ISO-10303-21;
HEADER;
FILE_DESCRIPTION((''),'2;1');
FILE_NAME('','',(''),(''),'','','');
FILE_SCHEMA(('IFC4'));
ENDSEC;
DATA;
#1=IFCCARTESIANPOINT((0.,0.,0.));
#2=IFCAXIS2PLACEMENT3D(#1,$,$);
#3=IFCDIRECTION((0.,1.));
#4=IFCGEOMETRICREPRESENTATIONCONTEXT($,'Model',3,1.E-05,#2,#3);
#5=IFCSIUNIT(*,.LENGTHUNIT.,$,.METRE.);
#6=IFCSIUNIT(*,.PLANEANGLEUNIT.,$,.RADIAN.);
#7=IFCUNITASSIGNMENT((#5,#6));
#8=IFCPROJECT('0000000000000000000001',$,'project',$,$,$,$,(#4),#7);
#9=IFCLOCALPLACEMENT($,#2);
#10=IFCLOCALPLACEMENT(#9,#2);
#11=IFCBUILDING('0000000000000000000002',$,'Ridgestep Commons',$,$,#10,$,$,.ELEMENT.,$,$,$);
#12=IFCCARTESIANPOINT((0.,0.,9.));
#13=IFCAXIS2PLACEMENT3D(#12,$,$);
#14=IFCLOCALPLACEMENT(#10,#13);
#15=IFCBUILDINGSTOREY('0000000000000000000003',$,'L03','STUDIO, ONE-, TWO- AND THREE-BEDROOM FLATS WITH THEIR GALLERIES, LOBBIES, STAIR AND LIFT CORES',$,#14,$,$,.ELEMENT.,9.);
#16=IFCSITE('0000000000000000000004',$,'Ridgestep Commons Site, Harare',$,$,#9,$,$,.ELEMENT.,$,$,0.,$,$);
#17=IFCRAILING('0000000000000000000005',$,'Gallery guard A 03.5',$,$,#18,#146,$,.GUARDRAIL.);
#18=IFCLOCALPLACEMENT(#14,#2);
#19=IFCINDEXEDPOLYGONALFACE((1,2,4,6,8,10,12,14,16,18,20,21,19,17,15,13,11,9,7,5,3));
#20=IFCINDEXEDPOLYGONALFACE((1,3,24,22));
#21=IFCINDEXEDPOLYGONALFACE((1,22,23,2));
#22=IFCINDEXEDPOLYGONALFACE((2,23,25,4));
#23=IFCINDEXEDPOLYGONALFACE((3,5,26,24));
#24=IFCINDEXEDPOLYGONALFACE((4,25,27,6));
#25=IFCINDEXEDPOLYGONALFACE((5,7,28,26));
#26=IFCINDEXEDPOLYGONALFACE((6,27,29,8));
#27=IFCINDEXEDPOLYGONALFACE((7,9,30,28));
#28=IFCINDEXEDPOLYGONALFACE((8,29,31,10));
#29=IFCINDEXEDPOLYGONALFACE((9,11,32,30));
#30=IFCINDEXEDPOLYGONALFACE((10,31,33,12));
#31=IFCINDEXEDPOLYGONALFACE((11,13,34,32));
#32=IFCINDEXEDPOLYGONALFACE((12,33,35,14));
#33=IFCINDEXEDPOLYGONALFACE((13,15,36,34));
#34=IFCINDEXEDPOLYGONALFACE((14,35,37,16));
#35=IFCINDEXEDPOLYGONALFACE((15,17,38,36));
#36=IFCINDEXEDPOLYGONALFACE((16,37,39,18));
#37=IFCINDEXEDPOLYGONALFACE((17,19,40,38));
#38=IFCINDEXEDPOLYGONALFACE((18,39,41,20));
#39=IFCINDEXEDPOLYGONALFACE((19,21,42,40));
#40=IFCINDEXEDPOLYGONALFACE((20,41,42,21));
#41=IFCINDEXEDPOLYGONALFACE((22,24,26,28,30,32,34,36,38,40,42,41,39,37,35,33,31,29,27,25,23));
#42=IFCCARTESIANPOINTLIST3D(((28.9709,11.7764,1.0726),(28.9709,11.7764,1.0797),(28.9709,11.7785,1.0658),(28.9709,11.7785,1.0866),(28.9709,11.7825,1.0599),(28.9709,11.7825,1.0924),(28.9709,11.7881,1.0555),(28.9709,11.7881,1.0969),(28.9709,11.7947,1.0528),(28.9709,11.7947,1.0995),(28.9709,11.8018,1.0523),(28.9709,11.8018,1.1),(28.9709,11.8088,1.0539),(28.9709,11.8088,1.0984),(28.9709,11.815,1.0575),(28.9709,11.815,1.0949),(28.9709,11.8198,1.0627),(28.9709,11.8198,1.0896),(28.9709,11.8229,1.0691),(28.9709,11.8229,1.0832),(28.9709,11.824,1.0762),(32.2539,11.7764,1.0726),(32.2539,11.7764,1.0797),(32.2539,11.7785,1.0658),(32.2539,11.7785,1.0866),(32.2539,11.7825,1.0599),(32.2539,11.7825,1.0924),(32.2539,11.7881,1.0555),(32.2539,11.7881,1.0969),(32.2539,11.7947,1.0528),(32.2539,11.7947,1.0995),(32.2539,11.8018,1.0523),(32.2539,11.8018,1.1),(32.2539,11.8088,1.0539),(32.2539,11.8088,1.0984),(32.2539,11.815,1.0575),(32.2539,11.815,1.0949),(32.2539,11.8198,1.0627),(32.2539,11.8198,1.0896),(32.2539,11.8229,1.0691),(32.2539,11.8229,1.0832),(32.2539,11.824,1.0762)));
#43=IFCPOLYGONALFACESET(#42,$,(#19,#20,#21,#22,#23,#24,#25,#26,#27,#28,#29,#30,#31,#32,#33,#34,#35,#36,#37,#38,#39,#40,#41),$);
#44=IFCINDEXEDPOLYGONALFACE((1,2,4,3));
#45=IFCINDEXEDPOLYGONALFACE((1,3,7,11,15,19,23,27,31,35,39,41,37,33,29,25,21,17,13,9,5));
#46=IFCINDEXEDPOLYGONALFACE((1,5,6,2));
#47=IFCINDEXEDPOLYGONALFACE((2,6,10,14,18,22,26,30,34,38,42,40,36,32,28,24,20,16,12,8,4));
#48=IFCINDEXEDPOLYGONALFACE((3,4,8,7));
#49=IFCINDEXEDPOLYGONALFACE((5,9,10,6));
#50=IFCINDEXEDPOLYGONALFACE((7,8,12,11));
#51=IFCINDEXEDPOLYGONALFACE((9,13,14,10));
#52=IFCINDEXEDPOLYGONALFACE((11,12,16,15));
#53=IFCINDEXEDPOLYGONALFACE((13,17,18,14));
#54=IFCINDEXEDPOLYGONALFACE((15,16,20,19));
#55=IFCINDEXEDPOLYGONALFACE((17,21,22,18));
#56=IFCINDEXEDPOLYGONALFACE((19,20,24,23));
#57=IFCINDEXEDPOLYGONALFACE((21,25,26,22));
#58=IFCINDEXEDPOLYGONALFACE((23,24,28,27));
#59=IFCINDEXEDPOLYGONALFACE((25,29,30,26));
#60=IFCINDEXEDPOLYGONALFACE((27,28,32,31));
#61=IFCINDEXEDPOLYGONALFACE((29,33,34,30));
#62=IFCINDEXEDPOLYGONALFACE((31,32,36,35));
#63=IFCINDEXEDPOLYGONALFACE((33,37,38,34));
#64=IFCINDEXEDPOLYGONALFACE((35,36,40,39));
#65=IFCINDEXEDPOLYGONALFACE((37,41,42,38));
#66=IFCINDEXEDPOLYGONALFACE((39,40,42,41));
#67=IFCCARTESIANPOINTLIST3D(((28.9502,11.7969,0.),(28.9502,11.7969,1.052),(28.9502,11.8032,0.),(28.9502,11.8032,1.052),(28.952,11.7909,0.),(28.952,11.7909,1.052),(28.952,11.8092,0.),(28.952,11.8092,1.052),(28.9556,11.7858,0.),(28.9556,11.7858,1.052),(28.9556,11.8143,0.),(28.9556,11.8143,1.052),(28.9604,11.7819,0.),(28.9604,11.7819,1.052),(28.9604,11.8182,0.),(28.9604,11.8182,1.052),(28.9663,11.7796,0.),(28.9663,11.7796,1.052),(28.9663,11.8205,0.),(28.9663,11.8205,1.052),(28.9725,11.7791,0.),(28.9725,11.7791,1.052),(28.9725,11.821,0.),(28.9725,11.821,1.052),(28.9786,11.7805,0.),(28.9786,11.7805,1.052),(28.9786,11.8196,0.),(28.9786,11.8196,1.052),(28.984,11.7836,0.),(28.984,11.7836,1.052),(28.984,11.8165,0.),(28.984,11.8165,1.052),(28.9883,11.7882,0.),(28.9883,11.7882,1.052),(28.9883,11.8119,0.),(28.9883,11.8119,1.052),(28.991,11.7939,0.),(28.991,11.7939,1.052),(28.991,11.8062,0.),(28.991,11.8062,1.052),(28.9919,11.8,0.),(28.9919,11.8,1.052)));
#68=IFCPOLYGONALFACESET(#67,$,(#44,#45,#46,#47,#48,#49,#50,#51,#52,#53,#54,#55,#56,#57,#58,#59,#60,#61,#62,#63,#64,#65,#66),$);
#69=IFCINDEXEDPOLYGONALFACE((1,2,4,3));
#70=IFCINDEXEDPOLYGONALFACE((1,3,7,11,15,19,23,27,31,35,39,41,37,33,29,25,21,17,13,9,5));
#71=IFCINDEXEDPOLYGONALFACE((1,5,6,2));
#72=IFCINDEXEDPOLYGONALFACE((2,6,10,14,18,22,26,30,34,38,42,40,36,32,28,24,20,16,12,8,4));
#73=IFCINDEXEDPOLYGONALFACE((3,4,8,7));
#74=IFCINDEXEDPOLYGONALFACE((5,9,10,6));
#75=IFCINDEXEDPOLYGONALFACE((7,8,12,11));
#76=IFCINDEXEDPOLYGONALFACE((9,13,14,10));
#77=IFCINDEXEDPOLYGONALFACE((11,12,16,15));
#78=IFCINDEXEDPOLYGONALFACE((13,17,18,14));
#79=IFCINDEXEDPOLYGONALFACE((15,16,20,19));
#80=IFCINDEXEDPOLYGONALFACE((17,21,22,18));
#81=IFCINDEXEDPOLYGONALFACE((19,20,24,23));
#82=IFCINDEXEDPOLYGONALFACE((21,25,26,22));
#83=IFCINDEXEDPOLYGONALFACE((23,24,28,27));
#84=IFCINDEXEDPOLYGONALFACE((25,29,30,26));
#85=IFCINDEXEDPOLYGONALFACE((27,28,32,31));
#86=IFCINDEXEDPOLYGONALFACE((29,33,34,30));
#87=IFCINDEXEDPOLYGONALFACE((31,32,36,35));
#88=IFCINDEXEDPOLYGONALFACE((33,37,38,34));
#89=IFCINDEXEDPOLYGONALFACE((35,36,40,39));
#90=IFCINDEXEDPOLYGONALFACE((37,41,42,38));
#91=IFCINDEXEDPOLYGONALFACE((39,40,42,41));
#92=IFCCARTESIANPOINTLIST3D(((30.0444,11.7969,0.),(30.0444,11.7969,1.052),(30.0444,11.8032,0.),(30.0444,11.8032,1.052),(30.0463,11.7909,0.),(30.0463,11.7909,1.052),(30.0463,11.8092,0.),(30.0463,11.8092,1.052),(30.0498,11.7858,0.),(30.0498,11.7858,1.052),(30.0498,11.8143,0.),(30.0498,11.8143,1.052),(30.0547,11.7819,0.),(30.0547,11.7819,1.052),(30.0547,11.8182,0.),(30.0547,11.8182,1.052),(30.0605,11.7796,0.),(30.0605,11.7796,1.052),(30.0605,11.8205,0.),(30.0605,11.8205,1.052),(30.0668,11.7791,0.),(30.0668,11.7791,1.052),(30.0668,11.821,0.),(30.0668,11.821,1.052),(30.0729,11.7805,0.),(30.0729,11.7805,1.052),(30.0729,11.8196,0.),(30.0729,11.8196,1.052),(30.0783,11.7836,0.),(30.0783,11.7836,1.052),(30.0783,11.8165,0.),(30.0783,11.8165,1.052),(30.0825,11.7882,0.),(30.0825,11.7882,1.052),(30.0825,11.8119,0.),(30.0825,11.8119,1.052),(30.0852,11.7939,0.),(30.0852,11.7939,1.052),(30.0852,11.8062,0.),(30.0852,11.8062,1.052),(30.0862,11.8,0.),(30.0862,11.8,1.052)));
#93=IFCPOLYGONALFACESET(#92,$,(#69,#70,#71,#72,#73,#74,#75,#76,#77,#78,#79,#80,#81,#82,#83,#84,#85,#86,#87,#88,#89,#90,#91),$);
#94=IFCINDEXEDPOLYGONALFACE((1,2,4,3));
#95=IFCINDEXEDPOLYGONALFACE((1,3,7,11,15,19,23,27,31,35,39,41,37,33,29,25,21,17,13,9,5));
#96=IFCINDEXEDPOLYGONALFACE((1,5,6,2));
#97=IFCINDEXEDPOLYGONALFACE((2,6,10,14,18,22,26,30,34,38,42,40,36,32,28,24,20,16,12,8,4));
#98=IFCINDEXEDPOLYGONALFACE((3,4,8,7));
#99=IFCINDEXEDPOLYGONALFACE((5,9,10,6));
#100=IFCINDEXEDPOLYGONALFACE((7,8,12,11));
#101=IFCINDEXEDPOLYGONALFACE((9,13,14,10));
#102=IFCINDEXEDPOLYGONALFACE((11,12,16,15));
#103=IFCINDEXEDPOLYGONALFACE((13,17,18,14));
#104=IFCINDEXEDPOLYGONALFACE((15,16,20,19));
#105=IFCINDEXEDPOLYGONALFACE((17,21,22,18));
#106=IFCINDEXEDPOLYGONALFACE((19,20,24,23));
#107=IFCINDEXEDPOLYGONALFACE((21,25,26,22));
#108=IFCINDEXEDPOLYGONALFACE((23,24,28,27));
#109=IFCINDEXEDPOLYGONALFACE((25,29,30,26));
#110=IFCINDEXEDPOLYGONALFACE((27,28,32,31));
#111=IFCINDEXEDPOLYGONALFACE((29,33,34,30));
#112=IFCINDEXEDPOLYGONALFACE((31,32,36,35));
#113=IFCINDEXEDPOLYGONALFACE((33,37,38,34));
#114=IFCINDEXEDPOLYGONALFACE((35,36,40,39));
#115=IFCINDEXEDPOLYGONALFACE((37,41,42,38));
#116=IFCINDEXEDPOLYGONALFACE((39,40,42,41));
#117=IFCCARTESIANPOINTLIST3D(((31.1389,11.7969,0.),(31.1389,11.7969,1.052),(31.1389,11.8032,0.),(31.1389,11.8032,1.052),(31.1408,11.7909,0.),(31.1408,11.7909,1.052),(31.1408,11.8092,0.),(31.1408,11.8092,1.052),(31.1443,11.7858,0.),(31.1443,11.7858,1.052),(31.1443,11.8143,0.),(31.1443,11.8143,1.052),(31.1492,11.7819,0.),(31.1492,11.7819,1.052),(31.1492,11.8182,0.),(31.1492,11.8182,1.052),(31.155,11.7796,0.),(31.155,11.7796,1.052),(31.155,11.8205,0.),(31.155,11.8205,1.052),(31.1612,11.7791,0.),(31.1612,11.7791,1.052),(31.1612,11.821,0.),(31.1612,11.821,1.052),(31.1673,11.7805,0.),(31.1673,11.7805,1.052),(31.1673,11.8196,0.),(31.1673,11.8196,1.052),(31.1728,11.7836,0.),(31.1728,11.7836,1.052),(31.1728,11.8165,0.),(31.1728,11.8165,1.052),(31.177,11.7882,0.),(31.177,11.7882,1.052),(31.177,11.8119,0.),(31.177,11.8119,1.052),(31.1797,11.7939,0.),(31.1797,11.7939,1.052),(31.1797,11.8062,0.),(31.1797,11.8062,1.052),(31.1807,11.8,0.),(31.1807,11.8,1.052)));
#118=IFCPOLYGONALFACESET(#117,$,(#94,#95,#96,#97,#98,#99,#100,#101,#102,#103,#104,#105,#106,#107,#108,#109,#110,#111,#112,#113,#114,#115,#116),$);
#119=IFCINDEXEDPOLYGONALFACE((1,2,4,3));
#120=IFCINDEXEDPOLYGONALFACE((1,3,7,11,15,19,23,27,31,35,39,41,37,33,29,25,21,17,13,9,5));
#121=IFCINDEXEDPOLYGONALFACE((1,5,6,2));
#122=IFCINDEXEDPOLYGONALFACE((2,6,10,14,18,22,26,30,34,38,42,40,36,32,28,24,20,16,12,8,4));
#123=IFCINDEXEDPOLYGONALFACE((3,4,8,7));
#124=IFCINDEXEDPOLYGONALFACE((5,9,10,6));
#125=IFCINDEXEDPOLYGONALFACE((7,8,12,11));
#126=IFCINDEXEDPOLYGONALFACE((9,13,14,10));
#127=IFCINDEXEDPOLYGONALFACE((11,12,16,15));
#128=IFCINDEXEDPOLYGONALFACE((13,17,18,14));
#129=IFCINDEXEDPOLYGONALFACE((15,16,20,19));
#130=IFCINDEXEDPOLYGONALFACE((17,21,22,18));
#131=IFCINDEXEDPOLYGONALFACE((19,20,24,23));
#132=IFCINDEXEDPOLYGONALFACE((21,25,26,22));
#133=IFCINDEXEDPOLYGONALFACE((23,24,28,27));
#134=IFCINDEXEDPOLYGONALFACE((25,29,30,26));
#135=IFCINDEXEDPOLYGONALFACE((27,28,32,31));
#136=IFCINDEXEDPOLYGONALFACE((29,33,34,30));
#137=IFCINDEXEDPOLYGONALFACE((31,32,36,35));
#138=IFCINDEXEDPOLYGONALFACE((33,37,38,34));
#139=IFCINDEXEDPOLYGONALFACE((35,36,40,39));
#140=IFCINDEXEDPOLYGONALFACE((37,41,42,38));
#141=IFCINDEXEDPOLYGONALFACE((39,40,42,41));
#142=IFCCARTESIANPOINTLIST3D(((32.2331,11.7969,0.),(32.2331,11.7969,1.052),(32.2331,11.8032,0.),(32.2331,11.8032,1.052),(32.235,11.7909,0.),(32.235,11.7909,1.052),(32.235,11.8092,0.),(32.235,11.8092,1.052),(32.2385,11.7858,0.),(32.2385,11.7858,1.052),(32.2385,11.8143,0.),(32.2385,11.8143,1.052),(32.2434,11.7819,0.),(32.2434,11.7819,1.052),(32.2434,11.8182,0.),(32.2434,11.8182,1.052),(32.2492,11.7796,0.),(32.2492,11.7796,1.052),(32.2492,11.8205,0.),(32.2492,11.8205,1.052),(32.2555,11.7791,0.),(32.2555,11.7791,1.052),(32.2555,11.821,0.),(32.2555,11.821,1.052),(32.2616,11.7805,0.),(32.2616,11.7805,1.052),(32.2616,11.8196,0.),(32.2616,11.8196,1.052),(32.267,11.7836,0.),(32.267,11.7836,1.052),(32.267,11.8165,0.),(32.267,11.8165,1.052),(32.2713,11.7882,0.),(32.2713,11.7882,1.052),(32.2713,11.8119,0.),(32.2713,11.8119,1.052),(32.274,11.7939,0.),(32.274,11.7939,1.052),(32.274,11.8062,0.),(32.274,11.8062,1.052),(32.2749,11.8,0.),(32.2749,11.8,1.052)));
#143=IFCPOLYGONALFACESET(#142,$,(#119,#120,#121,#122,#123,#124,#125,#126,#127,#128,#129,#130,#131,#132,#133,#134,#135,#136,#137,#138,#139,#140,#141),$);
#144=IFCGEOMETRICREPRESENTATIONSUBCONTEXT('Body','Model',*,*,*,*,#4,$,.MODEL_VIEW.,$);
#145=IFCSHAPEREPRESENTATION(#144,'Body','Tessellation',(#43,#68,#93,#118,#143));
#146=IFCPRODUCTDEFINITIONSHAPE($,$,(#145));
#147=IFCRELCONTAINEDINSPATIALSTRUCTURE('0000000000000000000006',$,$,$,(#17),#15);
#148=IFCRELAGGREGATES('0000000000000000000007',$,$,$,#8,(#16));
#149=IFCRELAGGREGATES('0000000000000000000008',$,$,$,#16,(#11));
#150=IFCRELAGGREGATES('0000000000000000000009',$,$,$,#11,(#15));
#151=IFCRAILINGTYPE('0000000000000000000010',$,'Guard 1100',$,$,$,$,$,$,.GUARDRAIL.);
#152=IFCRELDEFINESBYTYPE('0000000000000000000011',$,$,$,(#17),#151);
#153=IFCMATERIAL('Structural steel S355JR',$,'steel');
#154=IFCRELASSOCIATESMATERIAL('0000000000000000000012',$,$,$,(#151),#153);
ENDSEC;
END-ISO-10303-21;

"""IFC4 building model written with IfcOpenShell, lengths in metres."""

from ifc_helpers import new_model, si_unit, direction, frame, origin, origin_2d, place, context, subcontext, project, spatial, circle, extrude, material, type_object, element, save


model = new_model("IFC4")

# Units and contexts
model_context = context("Model", 3, precision=1e-05, world=origin(), true_north=direction((0.0, 1.0)))
body_context = subcontext(model_context, "Body", "Model", "MODEL_VIEW")
ifc_project = project(units=[si_unit("LENGTHUNIT", "METRE"), si_unit("PLANEANGLEUNIT", "RADIAN")], contexts=[model_context])

# Site, building, storey
site_placement = place(None, origin())
site = spatial("IfcSite", under=ifc_project, at=site_placement, Name="Ridgestep Commons Site, Harare", CompositionType="ELEMENT", RefElevation=0.0)
building_placement = place(site_placement, origin())
building = spatial("IfcBuilding", under=site, at=building_placement, Name="Ridgestep Commons", CompositionType="ELEMENT")
storey_placement = place(building_placement, frame((0.0, 0.0, 9.0)))
storey = spatial("IfcBuildingStorey", under=building, at=storey_placement, Name="L03", Description="STUDIO, ONE-, TWO- AND THREE-BEDROOM FLATS WITH THEIR GALLERIES, LOBBIES, STAIR AND LIFT CORES", CompositionType="ELEMENT", Elevation=9.0)

# Railing
ifc_material_1 = material(Name="Structural steel S355JR", Category="steel")
railing_type = type_object("IfcRailingType", Name="Guard 1100", PredefinedType="GUARDRAIL", material=ifc_material_1)
railing_1_placement = place(storey_placement, frame((28.9709, 11.8, 0.0)))
element("IfcRailing", 1, at=railing_1_placement, inside=storey, type_object=railing_type, Name="Gallery guard A 03.5", PredefinedType="GUARDRAIL", context=body_context, shape_type="SweptSolid", body=[
    extrude(circle(Radius=0.0239, at=origin_2d()), frame((0.0, 0.0, 1.0762), z_axis=(1.0, 0.0, 0.0), x_axis=(0.0, 1.0, 0.0)), (0.0, 0.0, 1.0), 3.283),
    extrude(circle(Radius=0.021, at=origin_2d()), origin(), (0.0, 0.0, 1.0), 1.052),
    extrude(circle(Radius=0.021, at=origin_2d()), frame((1.0942, 0.0, 0.0)), (0.0, 0.0, 1.0), 1.052),
    extrude(circle(Radius=0.021, at=origin_2d()), frame((2.1887, 0.0, 0.0)), (0.0, 0.0, 1.0), 1.052),
    extrude(circle(Radius=0.021, at=origin_2d()), frame((3.283, 0.0, 0.0)), (0.0, 0.0, 1.0), 1.052),
])

save(model, "model.ifc")
